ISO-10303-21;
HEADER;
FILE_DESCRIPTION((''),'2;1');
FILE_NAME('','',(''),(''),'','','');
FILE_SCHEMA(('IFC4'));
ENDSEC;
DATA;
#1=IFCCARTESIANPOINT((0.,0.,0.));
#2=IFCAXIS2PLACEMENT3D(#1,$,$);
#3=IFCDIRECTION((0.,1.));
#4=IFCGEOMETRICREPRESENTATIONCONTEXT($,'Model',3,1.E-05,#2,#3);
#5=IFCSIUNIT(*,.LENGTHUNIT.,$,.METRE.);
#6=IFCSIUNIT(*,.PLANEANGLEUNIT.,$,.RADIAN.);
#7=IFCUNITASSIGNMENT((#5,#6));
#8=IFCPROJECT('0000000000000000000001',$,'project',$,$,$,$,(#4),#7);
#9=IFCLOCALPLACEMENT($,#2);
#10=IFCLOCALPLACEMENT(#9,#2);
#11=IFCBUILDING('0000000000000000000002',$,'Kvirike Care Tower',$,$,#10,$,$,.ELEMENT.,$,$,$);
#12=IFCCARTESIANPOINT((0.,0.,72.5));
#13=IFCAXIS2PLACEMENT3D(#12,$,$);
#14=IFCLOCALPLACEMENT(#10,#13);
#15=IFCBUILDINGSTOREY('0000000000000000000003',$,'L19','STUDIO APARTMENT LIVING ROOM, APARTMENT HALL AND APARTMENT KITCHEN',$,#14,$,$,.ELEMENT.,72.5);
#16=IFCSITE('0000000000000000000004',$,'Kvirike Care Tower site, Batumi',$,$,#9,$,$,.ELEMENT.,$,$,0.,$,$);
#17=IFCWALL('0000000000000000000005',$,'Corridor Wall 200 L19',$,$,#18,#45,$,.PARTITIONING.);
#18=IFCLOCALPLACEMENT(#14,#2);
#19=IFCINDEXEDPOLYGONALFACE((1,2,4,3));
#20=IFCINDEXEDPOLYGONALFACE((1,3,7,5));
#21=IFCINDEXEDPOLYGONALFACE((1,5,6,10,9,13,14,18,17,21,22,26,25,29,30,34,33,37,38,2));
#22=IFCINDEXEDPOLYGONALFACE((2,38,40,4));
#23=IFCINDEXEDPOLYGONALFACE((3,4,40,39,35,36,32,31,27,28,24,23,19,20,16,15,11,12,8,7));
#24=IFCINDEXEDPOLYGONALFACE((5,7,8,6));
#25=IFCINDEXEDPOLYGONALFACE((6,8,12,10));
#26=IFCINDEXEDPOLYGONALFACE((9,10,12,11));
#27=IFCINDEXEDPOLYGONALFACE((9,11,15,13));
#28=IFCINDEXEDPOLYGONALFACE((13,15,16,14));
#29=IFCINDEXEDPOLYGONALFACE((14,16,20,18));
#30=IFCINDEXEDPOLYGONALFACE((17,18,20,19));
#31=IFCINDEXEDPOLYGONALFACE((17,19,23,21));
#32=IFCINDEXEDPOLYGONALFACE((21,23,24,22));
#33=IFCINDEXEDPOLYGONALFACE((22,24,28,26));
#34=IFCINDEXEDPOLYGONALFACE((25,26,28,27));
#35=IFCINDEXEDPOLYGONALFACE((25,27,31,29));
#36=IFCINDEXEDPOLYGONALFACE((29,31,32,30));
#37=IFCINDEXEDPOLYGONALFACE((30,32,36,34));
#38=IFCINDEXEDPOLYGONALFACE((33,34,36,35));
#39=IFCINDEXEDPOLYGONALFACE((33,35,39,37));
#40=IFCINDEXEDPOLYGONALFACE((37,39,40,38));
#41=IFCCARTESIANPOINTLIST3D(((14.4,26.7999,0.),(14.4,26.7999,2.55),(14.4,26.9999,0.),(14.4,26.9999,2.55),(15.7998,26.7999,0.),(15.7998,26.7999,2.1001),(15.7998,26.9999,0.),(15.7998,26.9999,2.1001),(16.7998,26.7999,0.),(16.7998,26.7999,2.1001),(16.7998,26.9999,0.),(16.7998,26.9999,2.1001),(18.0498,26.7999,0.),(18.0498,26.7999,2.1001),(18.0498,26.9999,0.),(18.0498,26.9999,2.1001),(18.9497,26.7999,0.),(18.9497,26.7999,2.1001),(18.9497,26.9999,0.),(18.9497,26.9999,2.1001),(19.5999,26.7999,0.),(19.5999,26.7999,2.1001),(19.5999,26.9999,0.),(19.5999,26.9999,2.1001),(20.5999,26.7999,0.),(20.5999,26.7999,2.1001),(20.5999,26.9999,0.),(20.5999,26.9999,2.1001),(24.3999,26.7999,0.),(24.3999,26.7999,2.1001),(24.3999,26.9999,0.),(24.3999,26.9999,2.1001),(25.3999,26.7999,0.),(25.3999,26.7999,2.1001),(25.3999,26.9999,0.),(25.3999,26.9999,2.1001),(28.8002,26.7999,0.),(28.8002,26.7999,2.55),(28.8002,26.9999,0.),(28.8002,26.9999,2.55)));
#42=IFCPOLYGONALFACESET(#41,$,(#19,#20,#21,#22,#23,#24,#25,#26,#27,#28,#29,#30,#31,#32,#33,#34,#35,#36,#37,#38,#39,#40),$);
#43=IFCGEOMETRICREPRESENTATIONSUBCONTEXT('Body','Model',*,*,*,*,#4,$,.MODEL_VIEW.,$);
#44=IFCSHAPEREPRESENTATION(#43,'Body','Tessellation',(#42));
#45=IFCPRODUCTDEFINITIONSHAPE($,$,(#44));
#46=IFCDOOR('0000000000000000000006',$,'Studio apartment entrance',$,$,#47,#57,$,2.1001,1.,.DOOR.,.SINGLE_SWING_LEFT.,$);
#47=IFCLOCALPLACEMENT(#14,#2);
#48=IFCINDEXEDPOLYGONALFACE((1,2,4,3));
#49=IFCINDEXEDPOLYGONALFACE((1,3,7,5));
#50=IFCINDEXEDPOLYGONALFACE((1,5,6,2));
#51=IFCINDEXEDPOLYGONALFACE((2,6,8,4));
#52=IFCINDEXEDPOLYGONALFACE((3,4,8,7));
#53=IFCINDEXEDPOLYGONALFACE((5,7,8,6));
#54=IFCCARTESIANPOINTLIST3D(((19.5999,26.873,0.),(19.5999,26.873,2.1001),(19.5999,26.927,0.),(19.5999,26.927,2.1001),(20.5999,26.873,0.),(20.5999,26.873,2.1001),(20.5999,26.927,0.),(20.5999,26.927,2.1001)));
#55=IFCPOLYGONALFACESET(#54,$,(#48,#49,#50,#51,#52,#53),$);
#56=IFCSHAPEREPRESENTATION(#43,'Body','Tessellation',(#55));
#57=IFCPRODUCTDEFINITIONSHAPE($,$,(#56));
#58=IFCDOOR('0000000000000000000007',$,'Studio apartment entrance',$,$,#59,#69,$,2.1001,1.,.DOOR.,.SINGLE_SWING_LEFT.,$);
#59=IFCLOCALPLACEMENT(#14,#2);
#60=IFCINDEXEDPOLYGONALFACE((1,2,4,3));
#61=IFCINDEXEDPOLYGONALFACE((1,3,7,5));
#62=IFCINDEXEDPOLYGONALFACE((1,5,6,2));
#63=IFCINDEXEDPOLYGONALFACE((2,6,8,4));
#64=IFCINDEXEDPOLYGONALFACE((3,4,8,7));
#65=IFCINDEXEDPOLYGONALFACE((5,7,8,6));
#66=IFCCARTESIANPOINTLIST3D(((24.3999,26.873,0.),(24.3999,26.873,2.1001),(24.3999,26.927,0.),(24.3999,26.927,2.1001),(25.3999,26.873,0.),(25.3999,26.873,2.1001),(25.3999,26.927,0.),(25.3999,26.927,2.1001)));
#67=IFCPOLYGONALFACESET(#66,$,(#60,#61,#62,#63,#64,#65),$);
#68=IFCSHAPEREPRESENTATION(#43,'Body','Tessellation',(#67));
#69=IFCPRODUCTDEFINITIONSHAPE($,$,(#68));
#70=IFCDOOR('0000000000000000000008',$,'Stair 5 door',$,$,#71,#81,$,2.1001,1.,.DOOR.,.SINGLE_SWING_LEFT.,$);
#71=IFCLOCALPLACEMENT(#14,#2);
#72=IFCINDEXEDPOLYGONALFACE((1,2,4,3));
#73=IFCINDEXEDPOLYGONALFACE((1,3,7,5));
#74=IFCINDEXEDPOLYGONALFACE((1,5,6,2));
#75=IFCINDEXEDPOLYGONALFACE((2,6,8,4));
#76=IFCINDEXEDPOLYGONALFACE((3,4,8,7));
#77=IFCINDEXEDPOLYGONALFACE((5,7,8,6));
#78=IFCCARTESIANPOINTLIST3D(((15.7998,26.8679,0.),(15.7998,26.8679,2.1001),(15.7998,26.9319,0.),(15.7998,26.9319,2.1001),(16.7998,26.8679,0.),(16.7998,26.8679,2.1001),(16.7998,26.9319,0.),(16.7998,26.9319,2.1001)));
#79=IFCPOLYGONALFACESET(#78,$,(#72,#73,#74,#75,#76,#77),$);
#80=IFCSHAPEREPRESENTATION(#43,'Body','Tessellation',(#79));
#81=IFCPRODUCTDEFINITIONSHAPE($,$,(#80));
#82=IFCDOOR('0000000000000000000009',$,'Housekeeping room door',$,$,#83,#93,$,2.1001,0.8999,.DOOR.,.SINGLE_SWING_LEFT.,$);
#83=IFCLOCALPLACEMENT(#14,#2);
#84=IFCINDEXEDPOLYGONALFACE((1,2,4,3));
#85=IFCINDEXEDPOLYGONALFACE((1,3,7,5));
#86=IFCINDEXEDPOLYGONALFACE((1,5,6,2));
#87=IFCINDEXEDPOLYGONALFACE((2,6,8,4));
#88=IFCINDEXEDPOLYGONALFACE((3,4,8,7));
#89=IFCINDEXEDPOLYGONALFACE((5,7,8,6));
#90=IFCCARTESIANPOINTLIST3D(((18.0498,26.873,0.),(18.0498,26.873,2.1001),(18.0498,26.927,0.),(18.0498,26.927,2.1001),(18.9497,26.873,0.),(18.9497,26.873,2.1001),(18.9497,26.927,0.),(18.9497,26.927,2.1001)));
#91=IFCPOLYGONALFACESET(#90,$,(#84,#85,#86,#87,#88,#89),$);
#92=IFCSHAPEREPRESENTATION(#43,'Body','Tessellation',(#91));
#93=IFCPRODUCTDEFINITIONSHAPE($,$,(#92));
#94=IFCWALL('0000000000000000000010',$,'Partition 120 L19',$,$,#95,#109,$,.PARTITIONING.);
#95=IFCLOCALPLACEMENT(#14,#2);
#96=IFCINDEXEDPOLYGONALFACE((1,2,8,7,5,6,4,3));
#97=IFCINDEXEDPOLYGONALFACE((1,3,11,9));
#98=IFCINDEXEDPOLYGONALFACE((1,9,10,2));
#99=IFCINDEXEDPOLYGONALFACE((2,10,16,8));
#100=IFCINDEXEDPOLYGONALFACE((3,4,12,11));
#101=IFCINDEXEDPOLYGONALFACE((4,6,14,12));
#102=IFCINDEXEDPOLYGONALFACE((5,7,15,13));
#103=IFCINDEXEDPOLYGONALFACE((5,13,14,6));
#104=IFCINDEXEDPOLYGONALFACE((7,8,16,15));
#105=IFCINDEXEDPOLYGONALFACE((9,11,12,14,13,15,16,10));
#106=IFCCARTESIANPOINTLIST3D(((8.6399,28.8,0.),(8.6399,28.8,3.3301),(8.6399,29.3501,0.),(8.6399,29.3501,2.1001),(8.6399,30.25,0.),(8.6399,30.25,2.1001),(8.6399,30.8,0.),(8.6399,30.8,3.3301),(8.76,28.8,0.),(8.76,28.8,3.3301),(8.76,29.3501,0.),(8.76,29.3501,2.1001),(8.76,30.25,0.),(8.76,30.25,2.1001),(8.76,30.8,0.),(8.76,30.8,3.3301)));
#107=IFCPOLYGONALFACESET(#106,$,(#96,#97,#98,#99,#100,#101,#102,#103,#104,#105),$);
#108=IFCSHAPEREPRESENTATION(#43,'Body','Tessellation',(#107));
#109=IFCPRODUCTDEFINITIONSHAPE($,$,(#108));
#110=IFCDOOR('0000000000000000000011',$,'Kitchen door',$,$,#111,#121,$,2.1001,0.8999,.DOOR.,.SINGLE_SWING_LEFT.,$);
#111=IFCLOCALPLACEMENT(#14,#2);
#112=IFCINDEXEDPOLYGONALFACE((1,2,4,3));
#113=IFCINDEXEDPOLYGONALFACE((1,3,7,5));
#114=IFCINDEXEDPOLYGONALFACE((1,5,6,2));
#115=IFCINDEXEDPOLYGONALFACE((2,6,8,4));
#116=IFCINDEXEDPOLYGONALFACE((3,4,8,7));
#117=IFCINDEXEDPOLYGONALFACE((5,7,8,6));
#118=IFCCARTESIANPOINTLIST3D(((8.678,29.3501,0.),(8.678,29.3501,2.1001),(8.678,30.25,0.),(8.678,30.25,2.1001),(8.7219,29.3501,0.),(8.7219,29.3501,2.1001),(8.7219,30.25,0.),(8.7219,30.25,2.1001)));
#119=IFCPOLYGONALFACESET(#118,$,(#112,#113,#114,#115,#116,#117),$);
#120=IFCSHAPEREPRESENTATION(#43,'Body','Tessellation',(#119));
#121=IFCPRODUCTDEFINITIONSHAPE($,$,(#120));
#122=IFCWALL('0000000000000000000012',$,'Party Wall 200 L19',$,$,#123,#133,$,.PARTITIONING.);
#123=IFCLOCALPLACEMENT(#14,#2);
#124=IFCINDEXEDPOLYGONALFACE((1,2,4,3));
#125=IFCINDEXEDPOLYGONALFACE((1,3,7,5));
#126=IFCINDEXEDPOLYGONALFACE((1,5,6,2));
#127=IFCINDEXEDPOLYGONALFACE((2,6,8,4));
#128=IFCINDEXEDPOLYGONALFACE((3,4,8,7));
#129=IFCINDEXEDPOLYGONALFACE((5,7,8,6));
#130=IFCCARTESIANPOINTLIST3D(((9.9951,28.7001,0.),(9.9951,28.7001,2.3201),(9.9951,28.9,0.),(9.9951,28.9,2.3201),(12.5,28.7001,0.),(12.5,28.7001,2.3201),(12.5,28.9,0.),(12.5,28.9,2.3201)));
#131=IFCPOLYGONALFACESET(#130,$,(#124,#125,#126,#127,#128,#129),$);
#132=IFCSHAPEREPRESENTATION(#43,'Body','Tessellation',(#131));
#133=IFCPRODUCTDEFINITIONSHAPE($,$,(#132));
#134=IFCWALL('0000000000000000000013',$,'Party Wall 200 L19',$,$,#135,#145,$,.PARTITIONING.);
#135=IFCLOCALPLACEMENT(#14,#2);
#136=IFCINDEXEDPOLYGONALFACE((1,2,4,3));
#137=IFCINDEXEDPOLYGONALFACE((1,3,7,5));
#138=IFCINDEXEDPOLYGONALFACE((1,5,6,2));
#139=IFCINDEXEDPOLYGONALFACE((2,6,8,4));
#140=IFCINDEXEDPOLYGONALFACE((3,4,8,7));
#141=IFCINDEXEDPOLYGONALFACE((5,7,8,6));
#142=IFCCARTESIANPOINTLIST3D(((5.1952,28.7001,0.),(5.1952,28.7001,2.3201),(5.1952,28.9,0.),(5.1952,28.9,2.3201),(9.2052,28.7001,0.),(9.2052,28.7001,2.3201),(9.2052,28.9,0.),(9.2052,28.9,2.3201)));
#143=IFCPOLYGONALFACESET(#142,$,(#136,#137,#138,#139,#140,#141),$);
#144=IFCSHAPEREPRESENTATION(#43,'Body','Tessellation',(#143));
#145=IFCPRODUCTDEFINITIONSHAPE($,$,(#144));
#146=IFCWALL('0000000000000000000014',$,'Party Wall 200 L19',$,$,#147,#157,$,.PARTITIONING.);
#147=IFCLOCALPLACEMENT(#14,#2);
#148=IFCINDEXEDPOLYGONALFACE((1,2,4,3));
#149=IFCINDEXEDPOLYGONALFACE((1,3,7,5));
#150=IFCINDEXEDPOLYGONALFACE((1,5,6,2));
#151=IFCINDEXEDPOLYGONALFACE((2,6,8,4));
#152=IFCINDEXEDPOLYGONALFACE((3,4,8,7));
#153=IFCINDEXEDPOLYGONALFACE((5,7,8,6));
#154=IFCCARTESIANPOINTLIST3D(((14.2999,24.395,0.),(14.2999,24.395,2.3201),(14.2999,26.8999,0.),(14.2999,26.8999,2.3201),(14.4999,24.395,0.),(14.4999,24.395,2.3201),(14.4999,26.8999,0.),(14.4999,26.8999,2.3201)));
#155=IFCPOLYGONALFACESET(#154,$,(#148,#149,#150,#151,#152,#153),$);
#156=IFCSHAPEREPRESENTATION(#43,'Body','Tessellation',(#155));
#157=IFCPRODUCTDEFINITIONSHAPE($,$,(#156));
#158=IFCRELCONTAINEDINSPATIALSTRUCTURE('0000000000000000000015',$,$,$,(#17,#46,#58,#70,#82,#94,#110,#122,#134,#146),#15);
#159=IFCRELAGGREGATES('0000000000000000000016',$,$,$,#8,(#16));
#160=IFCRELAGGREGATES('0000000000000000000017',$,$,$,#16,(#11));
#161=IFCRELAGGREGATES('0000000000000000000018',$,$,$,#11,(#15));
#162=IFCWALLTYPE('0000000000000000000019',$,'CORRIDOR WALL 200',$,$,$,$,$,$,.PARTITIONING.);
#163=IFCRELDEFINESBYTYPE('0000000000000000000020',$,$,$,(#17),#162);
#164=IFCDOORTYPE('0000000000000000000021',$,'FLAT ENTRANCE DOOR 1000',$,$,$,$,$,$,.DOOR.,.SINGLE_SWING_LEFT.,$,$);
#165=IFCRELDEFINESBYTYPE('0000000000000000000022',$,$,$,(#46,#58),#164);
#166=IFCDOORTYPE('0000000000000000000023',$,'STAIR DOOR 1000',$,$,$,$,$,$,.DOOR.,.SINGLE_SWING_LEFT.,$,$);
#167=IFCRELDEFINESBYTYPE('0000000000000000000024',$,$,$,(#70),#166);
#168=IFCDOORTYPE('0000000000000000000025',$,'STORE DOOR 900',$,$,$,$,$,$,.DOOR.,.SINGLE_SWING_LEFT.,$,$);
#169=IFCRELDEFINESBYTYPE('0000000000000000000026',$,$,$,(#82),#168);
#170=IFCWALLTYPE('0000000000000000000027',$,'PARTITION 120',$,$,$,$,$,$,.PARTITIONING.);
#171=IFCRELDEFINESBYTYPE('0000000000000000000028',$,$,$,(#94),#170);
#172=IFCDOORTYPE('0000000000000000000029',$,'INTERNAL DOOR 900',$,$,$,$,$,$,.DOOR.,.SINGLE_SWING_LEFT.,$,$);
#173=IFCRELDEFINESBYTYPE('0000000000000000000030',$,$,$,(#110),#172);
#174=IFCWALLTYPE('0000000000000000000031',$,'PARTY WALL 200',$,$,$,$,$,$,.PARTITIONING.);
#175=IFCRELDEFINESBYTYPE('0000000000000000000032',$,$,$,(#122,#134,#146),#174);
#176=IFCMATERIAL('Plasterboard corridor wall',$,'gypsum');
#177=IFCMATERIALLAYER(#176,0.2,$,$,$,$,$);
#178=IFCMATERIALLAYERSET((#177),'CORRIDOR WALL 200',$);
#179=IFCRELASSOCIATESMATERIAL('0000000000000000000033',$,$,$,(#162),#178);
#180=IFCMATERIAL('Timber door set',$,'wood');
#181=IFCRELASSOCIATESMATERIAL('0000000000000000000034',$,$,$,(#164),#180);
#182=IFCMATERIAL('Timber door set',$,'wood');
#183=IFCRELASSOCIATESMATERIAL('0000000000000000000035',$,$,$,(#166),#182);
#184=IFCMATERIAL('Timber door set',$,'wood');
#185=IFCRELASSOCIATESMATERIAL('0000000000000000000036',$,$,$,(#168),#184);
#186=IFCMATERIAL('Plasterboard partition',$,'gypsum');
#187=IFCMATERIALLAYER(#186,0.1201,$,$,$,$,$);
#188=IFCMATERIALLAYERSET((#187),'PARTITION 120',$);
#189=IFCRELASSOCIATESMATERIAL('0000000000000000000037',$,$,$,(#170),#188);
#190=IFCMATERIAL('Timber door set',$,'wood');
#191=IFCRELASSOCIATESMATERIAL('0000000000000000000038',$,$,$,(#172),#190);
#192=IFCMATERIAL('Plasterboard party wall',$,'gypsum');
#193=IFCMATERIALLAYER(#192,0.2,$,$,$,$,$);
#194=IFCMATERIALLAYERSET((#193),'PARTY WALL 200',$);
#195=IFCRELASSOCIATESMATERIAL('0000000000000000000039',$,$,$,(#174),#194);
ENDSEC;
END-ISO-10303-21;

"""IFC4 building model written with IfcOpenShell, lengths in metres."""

from ifc_helpers import new_model, si_unit, direction, frame, frame_2d, origin, place, context, subcontext, project, spatial, rectangle, extrude, material, layer, layer_set, type_object, element, fill, save


model = new_model("IFC4")

# Units and contexts
model_context = context("Model", 3, precision=1e-05, world=origin(), true_north=direction((0.0, 1.0)))
body_context = subcontext(model_context, "Body", "Model", "MODEL_VIEW")
ifc_project = project(units=[si_unit("LENGTHUNIT", "METRE"), si_unit("PLANEANGLEUNIT", "RADIAN")], contexts=[model_context])

# Site, building, storey
site_placement = place(None, origin())
site = spatial("IfcSite", under=ifc_project, at=site_placement, Name="Kvirike Care Tower site, Batumi", CompositionType="ELEMENT", RefElevation=0.0)
building_placement = place(site_placement, origin())
building = spatial("IfcBuilding", under=site, at=building_placement, Name="Kvirike Care Tower", CompositionType="ELEMENT")
storey_placement = place(building_placement, frame((0.0, 0.0, 72.5)))
storey = spatial("IfcBuildingStorey", under=building, at=storey_placement, Name="L19", Description="STUDIO APARTMENT LIVING ROOM, APARTMENT HALL AND APARTMENT KITCHEN", CompositionType="ELEMENT", Elevation=72.5)

# Wall, openings, doors
ifc_material_1 = material(Name="Plasterboard corridor wall", Category="gypsum")
ifc_layer_1 = layer(ifc_material_1, 0.2)
ifc_layer_set_1 = layer_set([ifc_layer_1], Name="CORRIDOR WALL 200")
wall_type_1 = type_object("IfcWallType", Name="CORRIDOR WALL 200", PredefinedType="PARTITIONING", material=ifc_layer_set_1)
wall_1_placement = place(storey_placement, frame((14.3999, 26.8999, 0.0), z_axis=(0.0, 0.0, 1.0), x_axis=(1.0, 0.0, 0.0)))
wall_1 = element("IfcWall", 1, at=wall_1_placement, inside=storey, type_object=wall_type_1, Name="Corridor Wall 200 L19", PredefinedType="PARTITIONING", context=body_context, shape_type="SweptSolid", body=[
    extrude(rectangle(XDim=14.4001, YDim=0.2, at=frame_2d((7.2002, 0.0))), origin(), (0.0, 0.0, 1.0), 2.55),
])
opening_1_placement = place(wall_1_placement, frame((1.3999, 0.0, 0.0)))
opening_1 = element("IfcOpeningElement", 2, at=opening_1_placement, cuts=wall_1, PredefinedType="OPENING", context=body_context, shape_type="SweptSolid", body=[
    extrude(rectangle(XDim=1.0, YDim=2.1001, at=frame_2d((0.5, 1.05))), frame((0.0, 0.1106, 0.0), z_axis=(0.0, -1.0, 0.0), x_axis=(1.0, 0.0, 0.0)), (0.0, 0.0, 1.0), 0.2209),
])
opening_2_placement = place(wall_1_placement, frame((3.6499, 0.0, 0.0)))
opening_2 = element("IfcOpeningElement", 3, at=opening_2_placement, cuts=wall_1, PredefinedType="OPENING", context=body_context, shape_type="SweptSolid", body=[
    extrude(rectangle(XDim=0.8999, YDim=2.1001, at=frame_2d((0.45, 1.05))), frame((0.0, 0.1106, 0.0), z_axis=(0.0, -1.0, 0.0), x_axis=(1.0, 0.0, 0.0)), (0.0, 0.0, 1.0), 0.2209),
])
opening_3_placement = place(wall_1_placement, frame((5.2, 0.0, 0.0)))
opening_3 = element("IfcOpeningElement", 4, at=opening_3_placement, cuts=wall_1, PredefinedType="OPENING", context=body_context, shape_type="SweptSolid", body=[
    extrude(rectangle(XDim=1.0, YDim=2.1001, at=frame_2d((0.5, 1.05))), frame((0.0, 0.1106, 0.0), z_axis=(0.0, -1.0, 0.0), x_axis=(1.0, 0.0, 0.0)), (0.0, 0.0, 1.0), 0.2209),
])
opening_4_placement = place(wall_1_placement, frame((10.0, 0.0, 0.0)))
opening_4 = element("IfcOpeningElement", 5, at=opening_4_placement, cuts=wall_1, PredefinedType="OPENING", context=body_context, shape_type="SweptSolid", body=[
    extrude(rectangle(XDim=1.0, YDim=2.1001, at=frame_2d((0.5, 1.05))), frame((0.0, 0.1106, 0.0), z_axis=(0.0, -1.0, 0.0), x_axis=(1.0, 0.0, 0.0)), (0.0, 0.0, 1.0), 0.2209),
])
ifc_material_2 = material(Name="Timber door set", Category="wood")
door_type_1 = type_object("IfcDoorType", Name="FLAT ENTRANCE DOOR 1000", OperationType="SINGLE_SWING_LEFT", PredefinedType="DOOR", material=ifc_material_2)
door_1_placement = place(opening_3_placement, frame((1.0, 0.0, 0.0), z_axis=(0.0, 0.0, 1.0), x_axis=(-1.0, 0.0, 0.0)))
door_1 = element("IfcDoor", 6, at=door_1_placement, inside=storey, type_object=door_type_1, Name="Studio apartment entrance", OperationType="SINGLE_SWING_LEFT", OverallHeight=2.1001, OverallWidth=1.0, PredefinedType="DOOR", context=body_context, shape_type="SweptSolid", body=[
    extrude(rectangle(XDim=1.0, YDim=2.1001, at=frame_2d((0.5, 1.05))), frame((0.0, 0.0269, 0.0), z_axis=(0.0, -1.0, 0.0), x_axis=(1.0, 0.0, 0.0)), (0.0, 0.0, 1.0), 0.054),
])
fill(opening_3, door_1)
door_2_placement = place(opening_4_placement, frame((1.0, 0.0, 0.0), z_axis=(0.0, 0.0, 1.0), x_axis=(-1.0, 0.0, 0.0)))
door_2 = element("IfcDoor", 7, at=door_2_placement, inside=storey, type_object=door_type_1, Name="Studio apartment entrance", OperationType="SINGLE_SWING_LEFT", OverallHeight=2.1001, OverallWidth=1.0, PredefinedType="DOOR", context=body_context, shape_type="SweptSolid", body=[
    extrude(rectangle(XDim=1.0, YDim=2.1001, at=frame_2d((0.5, 1.05))), frame((0.0, 0.0269, 0.0), z_axis=(0.0, -1.0, 0.0), x_axis=(1.0, 0.0, 0.0)), (0.0, 0.0, 1.0), 0.054),
])
fill(opening_4, door_2)
ifc_material_3 = material(Name="Timber door set", Category="wood")
door_type_2 = type_object("IfcDoorType", Name="STAIR DOOR 1000", OperationType="SINGLE_SWING_LEFT", PredefinedType="DOOR", material=ifc_material_3)
door_3_placement = place(opening_1_placement, frame((1.0, 0.0, 0.0), z_axis=(0.0, 0.0, 1.0), x_axis=(-1.0, 0.0, 0.0)))
door_3 = element("IfcDoor", 8, at=door_3_placement, inside=storey, type_object=door_type_2, Name="Stair 5 door", OperationType="SINGLE_SWING_LEFT", OverallHeight=2.1001, OverallWidth=1.0, PredefinedType="DOOR", context=body_context, shape_type="SweptSolid", body=[
    extrude(rectangle(XDim=1.0, YDim=2.1001, at=frame_2d((0.5, 1.05))), frame((0.0, 0.032, 0.0), z_axis=(0.0, -1.0, 0.0), x_axis=(1.0, 0.0, 0.0)), (0.0, 0.0, 1.0), 0.064),
])
fill(opening_1, door_3)
ifc_material_4 = material(Name="Timber door set", Category="wood")
door_type_3 = type_object("IfcDoorType", Name="STORE DOOR 900", OperationType="SINGLE_SWING_LEFT", PredefinedType="DOOR", material=ifc_material_4)
door_4_placement = place(opening_2_placement, frame((0.8999, 0.0, 0.0), z_axis=(0.0, 0.0, 1.0), x_axis=(-1.0, 0.0, 0.0)))
door_4 = element("IfcDoor", 9, at=door_4_placement, inside=storey, type_object=door_type_3, Name="Housekeeping room door", OperationType="SINGLE_SWING_LEFT", OverallHeight=2.1001, OverallWidth=0.8999, PredefinedType="DOOR", context=body_context, shape_type="SweptSolid", body=[
    extrude(rectangle(XDim=0.8999, YDim=2.1001, at=frame_2d((0.45, 1.05))), frame((0.0, 0.0269, 0.0), z_axis=(0.0, -1.0, 0.0), x_axis=(1.0, 0.0, 0.0)), (0.0, 0.0, 1.0), 0.054),
])
fill(opening_2, door_4)

# Wall, opening, door
ifc_material_5 = material(Name="Plasterboard partition", Category="gypsum")
ifc_layer_2 = layer(ifc_material_5, 0.1201)
ifc_layer_set_2 = layer_set([ifc_layer_2], Name="PARTITION 120")
wall_type_2 = type_object("IfcWallType", Name="PARTITION 120", PredefinedType="PARTITIONING", material=ifc_layer_set_2)
wall_2_placement = place(storey_placement, frame((8.7, 30.8, 0.0), z_axis=(0.0, 0.0, 1.0), x_axis=(0.0, -1.0, 0.0)))
wall_2 = element("IfcWall", 10, at=wall_2_placement, inside=storey, type_object=wall_type_2, Name="Partition 120 L19", PredefinedType="PARTITIONING", context=body_context, shape_type="SweptSolid", body=[
    extrude(rectangle(XDim=2.0, YDim=0.1201, at=frame_2d((1.0, 0.0))), origin(), (0.0, 0.0, 1.0), 3.3301),
])
opening_5_placement = place(wall_2_placement, frame((0.55, 0.0, 0.0)))
opening_5 = element("IfcOpeningElement", 11, at=opening_5_placement, cuts=wall_2, PredefinedType="OPENING", context=body_context, shape_type="SweptSolid", body=[
    extrude(rectangle(XDim=0.8999, YDim=2.1001, at=frame_2d((0.45, 1.05))), frame((0.0, 0.0706, 0.0), z_axis=(0.0, -1.0, 0.0), x_axis=(1.0, 0.0, 0.0)), (0.0, 0.0, 1.0), 0.1411),
])
ifc_material_6 = material(Name="Timber door set", Category="wood")
door_type_4 = type_object("IfcDoorType", Name="INTERNAL DOOR 900", OperationType="SINGLE_SWING_LEFT", PredefinedType="DOOR", material=ifc_material_6)
door_5_placement = place(opening_5_placement, frame((0.8999, 0.0, 0.0), z_axis=(0.0, 0.0, 1.0), x_axis=(-1.0, 0.0, 0.0)))
door_5 = element("IfcDoor", 12, at=door_5_placement, inside=storey, type_object=door_type_4, Name="Kitchen door", OperationType="SINGLE_SWING_LEFT", OverallHeight=2.1001, OverallWidth=0.8999, PredefinedType="DOOR", context=body_context, shape_type="SweptSolid", body=[
    extrude(rectangle(XDim=0.8999, YDim=2.1001, at=frame_2d((0.45, 1.05))), frame((0.0, 0.022, 0.0), z_axis=(0.0, -1.0, 0.0), x_axis=(1.0, 0.0, 0.0)), (0.0, 0.0, 1.0), 0.0439),
])
fill(opening_5, door_5)

# Walls
ifc_material_7 = material(Name="Plasterboard party wall", Category="gypsum")
ifc_layer_3 = layer(ifc_material_7, 0.2)
ifc_layer_set_3 = layer_set([ifc_layer_3], Name="PARTY WALL 200")
wall_type_3 = type_object("IfcWallType", Name="PARTY WALL 200", PredefinedType="PARTITIONING", material=ifc_layer_set_3)
wall_3_placement = place(storey_placement, frame((12.5, 28.8, 0.0), z_axis=(0.0, 0.0, 1.0), x_axis=(-1.0, 0.0, 0.0)))
element("IfcWall", 13, at=wall_3_placement, inside=storey, type_object=wall_type_3, Name="Party Wall 200 L19", PredefinedType="PARTITIONING", context=body_context, shape_type="SweptSolid", body=[
    extrude(rectangle(XDim=2.5049, YDim=0.2, at=frame_2d((1.2524, 0.0))), origin(), (0.0, 0.0, 1.0), 2.3201),
])
wall_4_placement = place(storey_placement, frame((9.2051, 28.8, 0.0), z_axis=(0.0, 0.0, 1.0), x_axis=(-1.0, 0.0, 0.0)))
element("IfcWall", 14, at=wall_4_placement, inside=storey, type_object=wall_type_3, Name="Party Wall 200 L19", PredefinedType="PARTITIONING", context=body_context, shape_type="SweptSolid", body=[
    extrude(rectangle(XDim=4.01, YDim=0.2, at=frame_2d((2.0049, 0.0))), origin(), (0.0, 0.0, 1.0), 2.3201),
])
wall_5_placement = place(storey_placement, frame((14.3999, 24.395, 0.0), z_axis=(0.0, 0.0, 1.0), x_axis=(0.0, 1.0, 0.0)))
element("IfcWall", 15, at=wall_5_placement, inside=storey, type_object=wall_type_3, Name="Party Wall 200 L19", PredefinedType="PARTITIONING", context=body_context, shape_type="SweptSolid", body=[
    extrude(rectangle(XDim=2.5049, YDim=0.2, at=frame_2d((1.2524, 0.0))), origin(), (0.0, 0.0, 1.0), 2.3201),
])

save(model, "model.ifc")
